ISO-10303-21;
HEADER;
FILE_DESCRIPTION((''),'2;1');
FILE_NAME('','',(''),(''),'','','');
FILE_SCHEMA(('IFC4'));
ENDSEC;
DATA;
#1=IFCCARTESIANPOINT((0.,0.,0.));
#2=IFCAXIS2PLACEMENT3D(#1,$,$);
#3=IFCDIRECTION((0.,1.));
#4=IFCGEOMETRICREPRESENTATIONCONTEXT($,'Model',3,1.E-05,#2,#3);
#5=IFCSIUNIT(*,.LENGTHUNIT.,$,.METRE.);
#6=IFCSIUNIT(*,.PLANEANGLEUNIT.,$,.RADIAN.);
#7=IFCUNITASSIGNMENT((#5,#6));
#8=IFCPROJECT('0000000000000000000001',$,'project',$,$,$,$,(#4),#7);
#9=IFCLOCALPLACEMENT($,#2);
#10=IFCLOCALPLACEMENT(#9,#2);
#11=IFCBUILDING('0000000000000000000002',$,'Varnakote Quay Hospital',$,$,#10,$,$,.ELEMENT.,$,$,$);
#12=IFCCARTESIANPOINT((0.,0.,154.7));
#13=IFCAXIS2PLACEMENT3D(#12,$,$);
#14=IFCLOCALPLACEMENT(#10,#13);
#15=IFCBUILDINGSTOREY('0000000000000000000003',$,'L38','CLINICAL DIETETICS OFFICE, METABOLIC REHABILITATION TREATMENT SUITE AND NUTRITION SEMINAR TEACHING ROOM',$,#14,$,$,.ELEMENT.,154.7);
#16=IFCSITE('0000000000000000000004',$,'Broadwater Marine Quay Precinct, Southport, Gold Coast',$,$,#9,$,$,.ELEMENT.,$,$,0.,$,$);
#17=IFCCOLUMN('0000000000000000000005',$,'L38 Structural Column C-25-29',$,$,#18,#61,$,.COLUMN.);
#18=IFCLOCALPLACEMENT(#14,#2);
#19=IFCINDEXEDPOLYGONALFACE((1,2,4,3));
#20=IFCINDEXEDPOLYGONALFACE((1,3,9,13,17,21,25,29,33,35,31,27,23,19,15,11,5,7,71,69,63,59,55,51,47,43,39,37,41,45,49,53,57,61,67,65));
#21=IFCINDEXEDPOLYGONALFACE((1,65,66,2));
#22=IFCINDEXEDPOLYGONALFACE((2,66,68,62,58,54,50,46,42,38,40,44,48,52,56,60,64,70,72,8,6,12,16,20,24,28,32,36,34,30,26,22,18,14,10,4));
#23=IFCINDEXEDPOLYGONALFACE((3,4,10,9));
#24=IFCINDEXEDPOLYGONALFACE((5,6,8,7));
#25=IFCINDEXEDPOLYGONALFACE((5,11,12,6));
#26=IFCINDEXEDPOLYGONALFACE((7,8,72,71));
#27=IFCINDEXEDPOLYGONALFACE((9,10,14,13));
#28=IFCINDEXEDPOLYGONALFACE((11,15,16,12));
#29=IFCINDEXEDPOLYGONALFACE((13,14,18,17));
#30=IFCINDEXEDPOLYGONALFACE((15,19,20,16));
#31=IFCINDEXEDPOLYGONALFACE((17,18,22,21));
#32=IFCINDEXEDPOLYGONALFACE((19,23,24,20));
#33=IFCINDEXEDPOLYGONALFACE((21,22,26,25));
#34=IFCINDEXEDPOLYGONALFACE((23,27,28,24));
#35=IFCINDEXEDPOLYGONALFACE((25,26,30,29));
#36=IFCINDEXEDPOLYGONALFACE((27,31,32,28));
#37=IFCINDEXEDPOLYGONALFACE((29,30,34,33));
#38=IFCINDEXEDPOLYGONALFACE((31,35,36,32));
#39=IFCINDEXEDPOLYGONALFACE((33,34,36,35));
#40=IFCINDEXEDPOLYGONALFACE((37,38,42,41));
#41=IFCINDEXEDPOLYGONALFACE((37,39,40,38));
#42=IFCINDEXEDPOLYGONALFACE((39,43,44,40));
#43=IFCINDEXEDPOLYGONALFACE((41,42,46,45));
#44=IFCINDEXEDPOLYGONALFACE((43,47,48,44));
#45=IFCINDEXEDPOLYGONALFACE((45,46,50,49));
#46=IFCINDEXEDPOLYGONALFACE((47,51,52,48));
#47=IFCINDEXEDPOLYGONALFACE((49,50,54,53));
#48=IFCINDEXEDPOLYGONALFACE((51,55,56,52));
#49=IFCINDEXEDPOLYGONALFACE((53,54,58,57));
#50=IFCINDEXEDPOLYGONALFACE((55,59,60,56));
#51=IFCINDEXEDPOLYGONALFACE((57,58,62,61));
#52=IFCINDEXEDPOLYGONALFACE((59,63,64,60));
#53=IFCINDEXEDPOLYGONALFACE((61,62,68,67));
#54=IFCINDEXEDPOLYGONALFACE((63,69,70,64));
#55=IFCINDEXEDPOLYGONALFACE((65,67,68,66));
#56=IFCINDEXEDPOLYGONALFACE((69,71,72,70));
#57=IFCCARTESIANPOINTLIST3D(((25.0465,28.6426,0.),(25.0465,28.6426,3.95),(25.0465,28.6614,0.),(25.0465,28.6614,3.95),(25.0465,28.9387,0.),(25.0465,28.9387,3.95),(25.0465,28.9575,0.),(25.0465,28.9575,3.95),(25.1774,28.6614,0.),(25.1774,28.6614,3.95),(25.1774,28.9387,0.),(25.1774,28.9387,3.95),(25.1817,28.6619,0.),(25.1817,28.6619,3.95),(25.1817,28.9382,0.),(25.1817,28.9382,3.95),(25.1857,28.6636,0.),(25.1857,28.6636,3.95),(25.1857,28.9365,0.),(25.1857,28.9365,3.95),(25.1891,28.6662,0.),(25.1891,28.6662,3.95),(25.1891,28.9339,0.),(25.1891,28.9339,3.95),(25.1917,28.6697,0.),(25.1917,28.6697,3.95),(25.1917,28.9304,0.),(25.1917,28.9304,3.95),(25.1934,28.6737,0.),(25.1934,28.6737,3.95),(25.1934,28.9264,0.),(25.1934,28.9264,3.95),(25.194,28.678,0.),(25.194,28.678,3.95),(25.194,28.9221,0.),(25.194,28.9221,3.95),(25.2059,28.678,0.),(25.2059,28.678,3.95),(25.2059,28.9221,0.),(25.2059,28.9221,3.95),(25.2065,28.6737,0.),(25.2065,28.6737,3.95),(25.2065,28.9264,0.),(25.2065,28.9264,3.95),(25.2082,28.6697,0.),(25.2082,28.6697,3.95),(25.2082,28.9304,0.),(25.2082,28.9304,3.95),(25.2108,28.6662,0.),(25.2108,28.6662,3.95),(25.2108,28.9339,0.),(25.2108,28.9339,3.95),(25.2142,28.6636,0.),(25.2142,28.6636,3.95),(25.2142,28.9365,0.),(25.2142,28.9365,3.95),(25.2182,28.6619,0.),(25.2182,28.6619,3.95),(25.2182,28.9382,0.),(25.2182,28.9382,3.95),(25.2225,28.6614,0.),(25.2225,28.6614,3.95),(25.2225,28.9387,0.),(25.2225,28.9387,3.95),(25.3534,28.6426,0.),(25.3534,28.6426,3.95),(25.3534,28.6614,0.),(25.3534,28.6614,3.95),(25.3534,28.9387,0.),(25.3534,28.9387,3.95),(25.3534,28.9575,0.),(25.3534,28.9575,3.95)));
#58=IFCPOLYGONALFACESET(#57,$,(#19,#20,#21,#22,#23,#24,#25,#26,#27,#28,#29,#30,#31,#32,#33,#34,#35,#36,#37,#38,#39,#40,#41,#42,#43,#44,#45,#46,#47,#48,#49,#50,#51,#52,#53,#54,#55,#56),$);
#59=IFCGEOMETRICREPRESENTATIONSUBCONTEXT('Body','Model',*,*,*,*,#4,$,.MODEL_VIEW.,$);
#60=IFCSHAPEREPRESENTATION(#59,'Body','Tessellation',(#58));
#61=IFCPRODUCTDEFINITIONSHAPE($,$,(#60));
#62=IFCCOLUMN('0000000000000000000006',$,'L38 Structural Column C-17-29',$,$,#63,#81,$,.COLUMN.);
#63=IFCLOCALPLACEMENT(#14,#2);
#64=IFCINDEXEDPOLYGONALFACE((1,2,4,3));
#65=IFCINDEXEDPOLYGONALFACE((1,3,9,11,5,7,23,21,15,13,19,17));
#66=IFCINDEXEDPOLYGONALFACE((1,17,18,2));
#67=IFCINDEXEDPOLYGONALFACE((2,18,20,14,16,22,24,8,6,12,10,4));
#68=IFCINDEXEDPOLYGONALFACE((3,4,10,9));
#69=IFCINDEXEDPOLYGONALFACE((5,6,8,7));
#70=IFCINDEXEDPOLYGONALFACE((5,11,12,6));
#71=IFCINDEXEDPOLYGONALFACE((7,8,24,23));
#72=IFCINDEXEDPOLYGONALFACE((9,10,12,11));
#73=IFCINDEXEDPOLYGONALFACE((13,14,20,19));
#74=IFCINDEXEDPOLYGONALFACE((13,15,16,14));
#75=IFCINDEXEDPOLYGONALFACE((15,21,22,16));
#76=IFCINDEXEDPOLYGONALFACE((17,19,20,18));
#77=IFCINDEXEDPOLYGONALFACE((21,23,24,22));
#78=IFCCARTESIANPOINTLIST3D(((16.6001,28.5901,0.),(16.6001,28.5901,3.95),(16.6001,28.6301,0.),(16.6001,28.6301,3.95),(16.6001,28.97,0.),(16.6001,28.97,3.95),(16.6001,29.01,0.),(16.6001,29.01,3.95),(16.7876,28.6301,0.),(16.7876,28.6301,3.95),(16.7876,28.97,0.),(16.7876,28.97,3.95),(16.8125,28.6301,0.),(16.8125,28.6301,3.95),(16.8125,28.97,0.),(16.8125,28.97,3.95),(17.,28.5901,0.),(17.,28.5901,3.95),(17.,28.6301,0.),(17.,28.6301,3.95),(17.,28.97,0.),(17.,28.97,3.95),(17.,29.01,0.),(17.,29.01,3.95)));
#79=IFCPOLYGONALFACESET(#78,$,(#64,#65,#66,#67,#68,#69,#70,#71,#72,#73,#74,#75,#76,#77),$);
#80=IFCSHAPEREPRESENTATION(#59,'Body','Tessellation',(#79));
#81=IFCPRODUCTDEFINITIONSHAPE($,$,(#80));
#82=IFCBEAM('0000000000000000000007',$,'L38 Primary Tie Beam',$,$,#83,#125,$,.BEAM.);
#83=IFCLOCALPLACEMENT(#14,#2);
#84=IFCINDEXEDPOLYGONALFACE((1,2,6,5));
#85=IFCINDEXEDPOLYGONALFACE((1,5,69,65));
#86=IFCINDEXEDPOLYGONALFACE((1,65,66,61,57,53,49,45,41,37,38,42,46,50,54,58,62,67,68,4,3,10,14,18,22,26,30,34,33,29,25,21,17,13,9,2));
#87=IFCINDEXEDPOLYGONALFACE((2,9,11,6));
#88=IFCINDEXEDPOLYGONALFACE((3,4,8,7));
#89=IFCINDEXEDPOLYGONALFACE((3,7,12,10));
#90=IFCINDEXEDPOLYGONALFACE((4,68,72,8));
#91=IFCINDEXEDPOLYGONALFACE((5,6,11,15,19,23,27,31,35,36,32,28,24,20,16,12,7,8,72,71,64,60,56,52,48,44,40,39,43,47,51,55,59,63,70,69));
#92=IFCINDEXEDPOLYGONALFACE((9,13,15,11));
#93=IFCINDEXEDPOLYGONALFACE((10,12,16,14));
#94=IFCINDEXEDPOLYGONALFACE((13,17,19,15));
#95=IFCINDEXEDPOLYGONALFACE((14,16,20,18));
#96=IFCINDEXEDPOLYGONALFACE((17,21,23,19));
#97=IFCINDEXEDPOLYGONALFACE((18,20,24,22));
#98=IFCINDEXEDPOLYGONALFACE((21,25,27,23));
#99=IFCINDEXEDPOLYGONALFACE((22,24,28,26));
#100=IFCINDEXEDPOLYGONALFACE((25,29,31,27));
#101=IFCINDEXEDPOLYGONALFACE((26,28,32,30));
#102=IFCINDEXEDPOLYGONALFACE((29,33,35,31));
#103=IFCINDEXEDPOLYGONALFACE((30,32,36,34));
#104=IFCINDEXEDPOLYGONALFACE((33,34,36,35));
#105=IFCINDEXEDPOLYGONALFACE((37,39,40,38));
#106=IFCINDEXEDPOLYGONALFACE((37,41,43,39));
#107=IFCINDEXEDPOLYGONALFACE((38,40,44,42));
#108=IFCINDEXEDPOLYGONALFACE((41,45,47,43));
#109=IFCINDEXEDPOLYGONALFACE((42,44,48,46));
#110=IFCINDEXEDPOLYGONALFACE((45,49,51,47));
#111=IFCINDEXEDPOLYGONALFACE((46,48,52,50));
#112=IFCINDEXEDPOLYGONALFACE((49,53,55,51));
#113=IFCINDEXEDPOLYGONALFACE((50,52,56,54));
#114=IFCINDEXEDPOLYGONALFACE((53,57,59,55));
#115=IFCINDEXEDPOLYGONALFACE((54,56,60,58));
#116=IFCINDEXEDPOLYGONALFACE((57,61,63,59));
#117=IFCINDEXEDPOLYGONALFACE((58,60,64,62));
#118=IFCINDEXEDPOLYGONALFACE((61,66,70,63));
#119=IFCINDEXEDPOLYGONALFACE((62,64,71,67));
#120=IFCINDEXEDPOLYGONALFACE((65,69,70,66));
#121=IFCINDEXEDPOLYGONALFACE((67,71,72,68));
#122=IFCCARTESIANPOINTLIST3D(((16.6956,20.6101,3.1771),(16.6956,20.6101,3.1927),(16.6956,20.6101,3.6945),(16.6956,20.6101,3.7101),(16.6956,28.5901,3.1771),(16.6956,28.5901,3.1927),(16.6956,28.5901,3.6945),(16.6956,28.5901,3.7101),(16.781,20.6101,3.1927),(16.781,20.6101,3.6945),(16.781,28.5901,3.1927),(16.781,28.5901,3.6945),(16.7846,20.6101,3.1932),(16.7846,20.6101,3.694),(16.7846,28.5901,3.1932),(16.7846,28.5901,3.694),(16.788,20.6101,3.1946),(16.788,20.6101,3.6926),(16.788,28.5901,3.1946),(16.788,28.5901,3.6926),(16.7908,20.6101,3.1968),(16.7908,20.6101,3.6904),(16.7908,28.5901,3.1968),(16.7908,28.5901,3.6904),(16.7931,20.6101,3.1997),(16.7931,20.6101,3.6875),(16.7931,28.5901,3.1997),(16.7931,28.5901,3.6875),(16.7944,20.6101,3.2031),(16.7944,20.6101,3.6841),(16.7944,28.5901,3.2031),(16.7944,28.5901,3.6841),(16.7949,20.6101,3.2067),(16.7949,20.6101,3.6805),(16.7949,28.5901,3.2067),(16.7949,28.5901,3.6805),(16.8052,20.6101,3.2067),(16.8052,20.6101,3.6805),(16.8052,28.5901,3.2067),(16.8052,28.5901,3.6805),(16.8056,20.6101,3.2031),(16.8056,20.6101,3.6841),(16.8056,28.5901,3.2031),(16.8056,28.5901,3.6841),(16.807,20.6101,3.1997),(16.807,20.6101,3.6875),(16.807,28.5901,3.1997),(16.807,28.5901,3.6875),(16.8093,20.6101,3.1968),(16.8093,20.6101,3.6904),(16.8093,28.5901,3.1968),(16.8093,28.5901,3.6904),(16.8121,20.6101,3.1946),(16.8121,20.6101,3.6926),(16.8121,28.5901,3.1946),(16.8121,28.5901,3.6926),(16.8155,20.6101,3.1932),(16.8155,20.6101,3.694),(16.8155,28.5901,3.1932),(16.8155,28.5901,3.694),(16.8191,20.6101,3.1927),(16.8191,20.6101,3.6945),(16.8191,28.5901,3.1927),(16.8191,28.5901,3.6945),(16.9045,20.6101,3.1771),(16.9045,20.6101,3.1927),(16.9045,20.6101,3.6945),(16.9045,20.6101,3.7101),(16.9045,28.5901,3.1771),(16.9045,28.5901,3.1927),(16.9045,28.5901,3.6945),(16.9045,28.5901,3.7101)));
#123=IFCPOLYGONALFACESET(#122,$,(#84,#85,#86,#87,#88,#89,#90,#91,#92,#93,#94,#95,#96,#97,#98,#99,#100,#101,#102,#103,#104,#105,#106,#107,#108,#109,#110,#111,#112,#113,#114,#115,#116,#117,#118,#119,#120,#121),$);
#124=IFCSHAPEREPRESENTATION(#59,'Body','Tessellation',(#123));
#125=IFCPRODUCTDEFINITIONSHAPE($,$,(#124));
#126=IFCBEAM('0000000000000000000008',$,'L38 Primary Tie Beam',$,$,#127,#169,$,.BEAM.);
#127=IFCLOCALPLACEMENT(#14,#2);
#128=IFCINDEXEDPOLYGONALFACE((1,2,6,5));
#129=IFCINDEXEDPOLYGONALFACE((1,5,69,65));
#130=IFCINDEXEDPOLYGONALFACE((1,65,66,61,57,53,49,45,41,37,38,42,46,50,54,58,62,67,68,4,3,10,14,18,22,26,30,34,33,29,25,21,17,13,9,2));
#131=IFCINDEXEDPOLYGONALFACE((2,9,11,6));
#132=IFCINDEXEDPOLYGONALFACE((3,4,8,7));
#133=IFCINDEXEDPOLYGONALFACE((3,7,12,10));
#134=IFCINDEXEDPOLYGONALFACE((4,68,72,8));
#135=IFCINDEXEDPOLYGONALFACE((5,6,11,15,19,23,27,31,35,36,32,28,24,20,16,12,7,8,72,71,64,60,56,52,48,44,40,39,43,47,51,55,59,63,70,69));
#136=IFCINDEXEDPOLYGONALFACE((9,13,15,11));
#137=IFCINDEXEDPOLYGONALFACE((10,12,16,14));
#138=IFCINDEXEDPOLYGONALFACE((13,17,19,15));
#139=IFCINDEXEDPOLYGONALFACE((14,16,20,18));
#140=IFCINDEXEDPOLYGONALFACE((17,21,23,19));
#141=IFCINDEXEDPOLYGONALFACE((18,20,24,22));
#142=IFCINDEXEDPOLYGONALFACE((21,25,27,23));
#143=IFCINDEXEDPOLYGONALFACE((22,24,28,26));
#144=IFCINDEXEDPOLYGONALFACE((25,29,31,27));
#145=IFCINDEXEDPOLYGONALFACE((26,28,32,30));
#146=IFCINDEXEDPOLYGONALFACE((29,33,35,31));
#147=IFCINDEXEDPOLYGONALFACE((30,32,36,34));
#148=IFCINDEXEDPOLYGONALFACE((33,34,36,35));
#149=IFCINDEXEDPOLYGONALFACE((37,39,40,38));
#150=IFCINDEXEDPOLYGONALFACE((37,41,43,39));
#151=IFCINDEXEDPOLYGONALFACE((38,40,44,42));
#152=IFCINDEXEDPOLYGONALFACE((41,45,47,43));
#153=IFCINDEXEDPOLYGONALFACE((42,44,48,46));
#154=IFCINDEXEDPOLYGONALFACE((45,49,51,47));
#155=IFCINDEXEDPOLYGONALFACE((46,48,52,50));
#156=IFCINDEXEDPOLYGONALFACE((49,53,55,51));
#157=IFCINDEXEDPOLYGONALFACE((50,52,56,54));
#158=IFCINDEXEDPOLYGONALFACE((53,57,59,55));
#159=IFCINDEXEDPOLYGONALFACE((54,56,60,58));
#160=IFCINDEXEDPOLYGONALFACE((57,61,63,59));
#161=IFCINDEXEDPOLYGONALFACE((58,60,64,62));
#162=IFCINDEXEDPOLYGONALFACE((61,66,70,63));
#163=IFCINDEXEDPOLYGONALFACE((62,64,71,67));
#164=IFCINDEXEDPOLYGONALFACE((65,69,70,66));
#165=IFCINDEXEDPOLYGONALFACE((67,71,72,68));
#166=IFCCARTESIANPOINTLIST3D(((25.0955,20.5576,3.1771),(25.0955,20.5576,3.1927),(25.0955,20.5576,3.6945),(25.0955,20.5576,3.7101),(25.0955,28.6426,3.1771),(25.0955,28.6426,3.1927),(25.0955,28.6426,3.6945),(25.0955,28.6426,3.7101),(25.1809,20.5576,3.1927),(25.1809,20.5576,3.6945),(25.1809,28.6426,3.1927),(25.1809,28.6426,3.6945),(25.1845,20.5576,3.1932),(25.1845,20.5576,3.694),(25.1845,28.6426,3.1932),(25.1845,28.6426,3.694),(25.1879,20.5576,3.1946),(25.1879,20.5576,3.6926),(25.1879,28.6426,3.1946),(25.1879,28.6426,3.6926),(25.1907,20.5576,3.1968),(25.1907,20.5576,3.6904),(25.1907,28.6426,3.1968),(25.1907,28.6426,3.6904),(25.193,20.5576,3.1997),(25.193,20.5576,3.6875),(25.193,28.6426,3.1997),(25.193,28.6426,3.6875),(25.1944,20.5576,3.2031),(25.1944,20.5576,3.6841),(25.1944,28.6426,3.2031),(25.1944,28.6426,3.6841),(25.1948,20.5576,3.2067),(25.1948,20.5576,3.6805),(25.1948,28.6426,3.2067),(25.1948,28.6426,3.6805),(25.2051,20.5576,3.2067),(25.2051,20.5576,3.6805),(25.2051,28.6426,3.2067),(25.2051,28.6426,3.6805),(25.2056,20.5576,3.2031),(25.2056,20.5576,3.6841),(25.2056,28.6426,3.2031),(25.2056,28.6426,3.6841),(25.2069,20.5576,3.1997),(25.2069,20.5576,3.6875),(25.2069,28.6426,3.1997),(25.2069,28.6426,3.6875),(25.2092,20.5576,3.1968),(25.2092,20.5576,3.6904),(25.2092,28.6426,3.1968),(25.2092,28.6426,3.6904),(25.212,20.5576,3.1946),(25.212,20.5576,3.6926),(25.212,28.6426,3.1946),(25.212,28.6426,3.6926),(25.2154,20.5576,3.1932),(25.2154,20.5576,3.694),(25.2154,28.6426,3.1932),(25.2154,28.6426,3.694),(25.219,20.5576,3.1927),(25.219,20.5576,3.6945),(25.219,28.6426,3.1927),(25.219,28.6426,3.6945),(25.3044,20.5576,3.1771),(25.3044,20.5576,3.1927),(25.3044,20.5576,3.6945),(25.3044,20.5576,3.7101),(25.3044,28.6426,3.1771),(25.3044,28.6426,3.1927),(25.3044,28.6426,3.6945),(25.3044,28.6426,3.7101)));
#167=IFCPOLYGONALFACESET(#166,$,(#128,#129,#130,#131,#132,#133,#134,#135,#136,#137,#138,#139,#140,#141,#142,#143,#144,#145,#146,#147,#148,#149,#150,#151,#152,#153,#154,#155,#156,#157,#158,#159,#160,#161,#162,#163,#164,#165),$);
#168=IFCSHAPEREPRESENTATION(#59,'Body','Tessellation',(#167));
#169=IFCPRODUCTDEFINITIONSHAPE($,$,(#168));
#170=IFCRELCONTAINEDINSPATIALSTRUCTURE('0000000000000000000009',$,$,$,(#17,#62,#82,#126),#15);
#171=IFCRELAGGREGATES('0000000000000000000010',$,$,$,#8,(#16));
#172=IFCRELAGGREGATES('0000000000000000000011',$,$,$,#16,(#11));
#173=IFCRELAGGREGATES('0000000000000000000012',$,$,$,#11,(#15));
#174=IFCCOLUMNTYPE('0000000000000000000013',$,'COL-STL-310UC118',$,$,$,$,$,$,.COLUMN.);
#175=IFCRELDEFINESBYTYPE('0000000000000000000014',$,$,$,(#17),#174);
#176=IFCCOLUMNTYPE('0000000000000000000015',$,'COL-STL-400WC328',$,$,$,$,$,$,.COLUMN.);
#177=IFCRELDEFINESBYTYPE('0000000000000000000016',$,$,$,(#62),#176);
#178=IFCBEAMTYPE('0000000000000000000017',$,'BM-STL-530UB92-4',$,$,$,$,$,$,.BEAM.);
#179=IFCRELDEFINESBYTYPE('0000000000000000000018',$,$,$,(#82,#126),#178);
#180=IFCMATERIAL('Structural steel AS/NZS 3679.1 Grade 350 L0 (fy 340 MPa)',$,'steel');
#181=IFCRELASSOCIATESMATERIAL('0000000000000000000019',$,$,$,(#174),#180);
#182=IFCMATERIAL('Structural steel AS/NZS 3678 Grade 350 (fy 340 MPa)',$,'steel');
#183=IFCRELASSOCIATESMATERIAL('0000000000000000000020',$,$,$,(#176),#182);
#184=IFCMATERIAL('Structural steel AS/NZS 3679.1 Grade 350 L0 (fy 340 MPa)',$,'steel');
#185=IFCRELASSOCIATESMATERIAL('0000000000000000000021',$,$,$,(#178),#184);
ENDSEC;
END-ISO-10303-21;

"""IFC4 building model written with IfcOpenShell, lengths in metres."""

from ifc_helpers import new_model, si_unit, direction, frame, origin, origin_2d, place, context, subcontext, project, spatial, i_section, extrude, material, material_profile, profile_set, type_object, element, save


model = new_model("IFC4")

# Units and contexts
model_context = context("Model", 3, precision=1e-05, world=origin(), true_north=direction((0.0, 1.0)))
body_context = subcontext(model_context, "Body", "Model", "MODEL_VIEW")
ifc_project = project(units=[si_unit("LENGTHUNIT", "METRE"), si_unit("PLANEANGLEUNIT", "RADIAN")], contexts=[model_context])

# Site, building, storey
site_placement = place(None, origin())
site = spatial("IfcSite", under=ifc_project, at=site_placement, Name="Broadwater Marine Quay Precinct, Southport, Gold Coast", CompositionType="ELEMENT", RefElevation=0.0)
building_placement = place(site_placement, origin())
building = spatial("IfcBuilding", under=site, at=building_placement, Name="Varnakote Quay Hospital", CompositionType="ELEMENT")
storey_placement = place(building_placement, frame((0.0, 0.0, 154.7)))
storey = spatial("IfcBuildingStorey", under=building, at=storey_placement, Name="L38", Description="CLINICAL DIETETICS OFFICE, METABOLIC REHABILITATION TREATMENT SUITE AND NUTRITION SEMINAR TEACHING ROOM", CompositionType="ELEMENT", Elevation=154.7)

# Columns
ifc_material_1 = material(Name="Structural steel AS/NZS 3679.1 Grade 350 L0 (fy 340 MPa)", Category="steel")
ifc_material_profile_1 = material_profile(ifc_material_1, i_section(OverallWidth=0.3069, OverallDepth=0.3149, WebThickness=0.012, FlangeThickness=0.0188, FilletRadius=0.0166, at=origin_2d()), Name="310UC118")
ifc_profile_set_1 = profile_set([ifc_material_profile_1], Name="Structural steel AS/NZS 3679.1 Grade 350 L0 (fy 340 MPa)")
column_type_1 = type_object("IfcColumnType", Name="COL-STL-310UC118", PredefinedType="COLUMN", material=ifc_profile_set_1)
column_1_placement = place(storey_placement, frame((25.2, 28.8, 0.0), z_axis=(0.0, 0.0, 1.0), x_axis=(1.0, 0.0, 0.0)))
element("IfcColumn", 1, at=column_1_placement, inside=storey, type_object=column_type_1, Name="L38 Structural Column C-25-29", PredefinedType="COLUMN", context=body_context, shape_type="SweptSolid", body=[
    extrude(i_section(OverallWidth=0.3069, OverallDepth=0.3149, WebThickness=0.012, FlangeThickness=0.0188, FilletRadius=0.0166, at=origin_2d()), origin(), (0.0, 0.0, 1.0), 3.95),
])
ifc_material_2 = material(Name="Structural steel AS/NZS 3678 Grade 350 (fy 340 MPa)", Category="steel")
ifc_material_profile_2 = material_profile(ifc_material_2, i_section(OverallWidth=0.3999, OverallDepth=0.4199, WebThickness=0.0249, FlangeThickness=0.04, at=origin_2d()), Name="400WC328")
ifc_profile_set_2 = profile_set([ifc_material_profile_2], Name="Structural steel AS/NZS 3678 Grade 350 (fy 340 MPa)")
column_type_2 = type_object("IfcColumnType", Name="COL-STL-400WC328", PredefinedType="COLUMN", material=ifc_profile_set_2)
column_2_placement = place(storey_placement, frame((16.8, 28.8, 0.0), z_axis=(0.0, 0.0, 1.0), x_axis=(1.0, 0.0, 0.0)))
element("IfcColumn", 2, at=column_2_placement, inside=storey, type_object=column_type_2, Name="L38 Structural Column C-17-29", PredefinedType="COLUMN", context=body_context, shape_type="SweptSolid", body=[
    extrude(i_section(OverallWidth=0.3999, OverallDepth=0.4199, WebThickness=0.0249, FlangeThickness=0.04, at=origin_2d()), origin(), (0.0, 0.0, 1.0), 3.95),
])

# Beams
ifc_material_3 = material(Name="Structural steel AS/NZS 3679.1 Grade 350 L0 (fy 340 MPa)", Category="steel")
ifc_material_profile_3 = material_profile(ifc_material_3, i_section(OverallWidth=0.209, OverallDepth=0.533, WebThickness=0.0103, FlangeThickness=0.0156, FilletRadius=0.0139, at=origin_2d()), Name="530UB92.4")
ifc_profile_set_3 = profile_set([ifc_material_profile_3], Name="Structural steel AS/NZS 3679.1 Grade 350 L0 (fy 340 MPa)")
beam_type_1 = type_object("IfcBeamType", Name="BM-STL-530UB92-4", PredefinedType="BEAM", material=ifc_profile_set_3)
beam_1_placement = place(storey_placement, frame((16.8, 20.6101, 3.4436), z_axis=(0.0, 1.0, 0.0), x_axis=(-1.0, 0.0, 0.0)))
element("IfcBeam", 3, at=beam_1_placement, inside=storey, type_object=beam_type_1, Name="L38 Primary Tie Beam", PredefinedType="BEAM", context=body_context, shape_type="SweptSolid", body=[
    extrude(i_section(OverallWidth=0.209, OverallDepth=0.533, WebThickness=0.0103, FlangeThickness=0.0156, FilletRadius=0.0139, at=origin_2d()), origin(), (0.0, 0.0, 1.0), 7.98),
])
beam_2_placement = place(storey_placement, frame((25.2, 20.5576, 3.4436), z_axis=(0.0, 1.0, 0.0), x_axis=(-1.0, 0.0, 0.0)))
element("IfcBeam", 4, at=beam_2_placement, inside=storey, type_object=beam_type_1, Name="L38 Primary Tie Beam", PredefinedType="BEAM", context=body_context, shape_type="SweptSolid", body=[
    extrude(i_section(OverallWidth=0.209, OverallDepth=0.533, WebThickness=0.0103, FlangeThickness=0.0156, FilletRadius=0.0139, at=origin_2d()), origin(), (0.0, 0.0, 1.0), 8.085),
])

save(model, "model.ifc")
